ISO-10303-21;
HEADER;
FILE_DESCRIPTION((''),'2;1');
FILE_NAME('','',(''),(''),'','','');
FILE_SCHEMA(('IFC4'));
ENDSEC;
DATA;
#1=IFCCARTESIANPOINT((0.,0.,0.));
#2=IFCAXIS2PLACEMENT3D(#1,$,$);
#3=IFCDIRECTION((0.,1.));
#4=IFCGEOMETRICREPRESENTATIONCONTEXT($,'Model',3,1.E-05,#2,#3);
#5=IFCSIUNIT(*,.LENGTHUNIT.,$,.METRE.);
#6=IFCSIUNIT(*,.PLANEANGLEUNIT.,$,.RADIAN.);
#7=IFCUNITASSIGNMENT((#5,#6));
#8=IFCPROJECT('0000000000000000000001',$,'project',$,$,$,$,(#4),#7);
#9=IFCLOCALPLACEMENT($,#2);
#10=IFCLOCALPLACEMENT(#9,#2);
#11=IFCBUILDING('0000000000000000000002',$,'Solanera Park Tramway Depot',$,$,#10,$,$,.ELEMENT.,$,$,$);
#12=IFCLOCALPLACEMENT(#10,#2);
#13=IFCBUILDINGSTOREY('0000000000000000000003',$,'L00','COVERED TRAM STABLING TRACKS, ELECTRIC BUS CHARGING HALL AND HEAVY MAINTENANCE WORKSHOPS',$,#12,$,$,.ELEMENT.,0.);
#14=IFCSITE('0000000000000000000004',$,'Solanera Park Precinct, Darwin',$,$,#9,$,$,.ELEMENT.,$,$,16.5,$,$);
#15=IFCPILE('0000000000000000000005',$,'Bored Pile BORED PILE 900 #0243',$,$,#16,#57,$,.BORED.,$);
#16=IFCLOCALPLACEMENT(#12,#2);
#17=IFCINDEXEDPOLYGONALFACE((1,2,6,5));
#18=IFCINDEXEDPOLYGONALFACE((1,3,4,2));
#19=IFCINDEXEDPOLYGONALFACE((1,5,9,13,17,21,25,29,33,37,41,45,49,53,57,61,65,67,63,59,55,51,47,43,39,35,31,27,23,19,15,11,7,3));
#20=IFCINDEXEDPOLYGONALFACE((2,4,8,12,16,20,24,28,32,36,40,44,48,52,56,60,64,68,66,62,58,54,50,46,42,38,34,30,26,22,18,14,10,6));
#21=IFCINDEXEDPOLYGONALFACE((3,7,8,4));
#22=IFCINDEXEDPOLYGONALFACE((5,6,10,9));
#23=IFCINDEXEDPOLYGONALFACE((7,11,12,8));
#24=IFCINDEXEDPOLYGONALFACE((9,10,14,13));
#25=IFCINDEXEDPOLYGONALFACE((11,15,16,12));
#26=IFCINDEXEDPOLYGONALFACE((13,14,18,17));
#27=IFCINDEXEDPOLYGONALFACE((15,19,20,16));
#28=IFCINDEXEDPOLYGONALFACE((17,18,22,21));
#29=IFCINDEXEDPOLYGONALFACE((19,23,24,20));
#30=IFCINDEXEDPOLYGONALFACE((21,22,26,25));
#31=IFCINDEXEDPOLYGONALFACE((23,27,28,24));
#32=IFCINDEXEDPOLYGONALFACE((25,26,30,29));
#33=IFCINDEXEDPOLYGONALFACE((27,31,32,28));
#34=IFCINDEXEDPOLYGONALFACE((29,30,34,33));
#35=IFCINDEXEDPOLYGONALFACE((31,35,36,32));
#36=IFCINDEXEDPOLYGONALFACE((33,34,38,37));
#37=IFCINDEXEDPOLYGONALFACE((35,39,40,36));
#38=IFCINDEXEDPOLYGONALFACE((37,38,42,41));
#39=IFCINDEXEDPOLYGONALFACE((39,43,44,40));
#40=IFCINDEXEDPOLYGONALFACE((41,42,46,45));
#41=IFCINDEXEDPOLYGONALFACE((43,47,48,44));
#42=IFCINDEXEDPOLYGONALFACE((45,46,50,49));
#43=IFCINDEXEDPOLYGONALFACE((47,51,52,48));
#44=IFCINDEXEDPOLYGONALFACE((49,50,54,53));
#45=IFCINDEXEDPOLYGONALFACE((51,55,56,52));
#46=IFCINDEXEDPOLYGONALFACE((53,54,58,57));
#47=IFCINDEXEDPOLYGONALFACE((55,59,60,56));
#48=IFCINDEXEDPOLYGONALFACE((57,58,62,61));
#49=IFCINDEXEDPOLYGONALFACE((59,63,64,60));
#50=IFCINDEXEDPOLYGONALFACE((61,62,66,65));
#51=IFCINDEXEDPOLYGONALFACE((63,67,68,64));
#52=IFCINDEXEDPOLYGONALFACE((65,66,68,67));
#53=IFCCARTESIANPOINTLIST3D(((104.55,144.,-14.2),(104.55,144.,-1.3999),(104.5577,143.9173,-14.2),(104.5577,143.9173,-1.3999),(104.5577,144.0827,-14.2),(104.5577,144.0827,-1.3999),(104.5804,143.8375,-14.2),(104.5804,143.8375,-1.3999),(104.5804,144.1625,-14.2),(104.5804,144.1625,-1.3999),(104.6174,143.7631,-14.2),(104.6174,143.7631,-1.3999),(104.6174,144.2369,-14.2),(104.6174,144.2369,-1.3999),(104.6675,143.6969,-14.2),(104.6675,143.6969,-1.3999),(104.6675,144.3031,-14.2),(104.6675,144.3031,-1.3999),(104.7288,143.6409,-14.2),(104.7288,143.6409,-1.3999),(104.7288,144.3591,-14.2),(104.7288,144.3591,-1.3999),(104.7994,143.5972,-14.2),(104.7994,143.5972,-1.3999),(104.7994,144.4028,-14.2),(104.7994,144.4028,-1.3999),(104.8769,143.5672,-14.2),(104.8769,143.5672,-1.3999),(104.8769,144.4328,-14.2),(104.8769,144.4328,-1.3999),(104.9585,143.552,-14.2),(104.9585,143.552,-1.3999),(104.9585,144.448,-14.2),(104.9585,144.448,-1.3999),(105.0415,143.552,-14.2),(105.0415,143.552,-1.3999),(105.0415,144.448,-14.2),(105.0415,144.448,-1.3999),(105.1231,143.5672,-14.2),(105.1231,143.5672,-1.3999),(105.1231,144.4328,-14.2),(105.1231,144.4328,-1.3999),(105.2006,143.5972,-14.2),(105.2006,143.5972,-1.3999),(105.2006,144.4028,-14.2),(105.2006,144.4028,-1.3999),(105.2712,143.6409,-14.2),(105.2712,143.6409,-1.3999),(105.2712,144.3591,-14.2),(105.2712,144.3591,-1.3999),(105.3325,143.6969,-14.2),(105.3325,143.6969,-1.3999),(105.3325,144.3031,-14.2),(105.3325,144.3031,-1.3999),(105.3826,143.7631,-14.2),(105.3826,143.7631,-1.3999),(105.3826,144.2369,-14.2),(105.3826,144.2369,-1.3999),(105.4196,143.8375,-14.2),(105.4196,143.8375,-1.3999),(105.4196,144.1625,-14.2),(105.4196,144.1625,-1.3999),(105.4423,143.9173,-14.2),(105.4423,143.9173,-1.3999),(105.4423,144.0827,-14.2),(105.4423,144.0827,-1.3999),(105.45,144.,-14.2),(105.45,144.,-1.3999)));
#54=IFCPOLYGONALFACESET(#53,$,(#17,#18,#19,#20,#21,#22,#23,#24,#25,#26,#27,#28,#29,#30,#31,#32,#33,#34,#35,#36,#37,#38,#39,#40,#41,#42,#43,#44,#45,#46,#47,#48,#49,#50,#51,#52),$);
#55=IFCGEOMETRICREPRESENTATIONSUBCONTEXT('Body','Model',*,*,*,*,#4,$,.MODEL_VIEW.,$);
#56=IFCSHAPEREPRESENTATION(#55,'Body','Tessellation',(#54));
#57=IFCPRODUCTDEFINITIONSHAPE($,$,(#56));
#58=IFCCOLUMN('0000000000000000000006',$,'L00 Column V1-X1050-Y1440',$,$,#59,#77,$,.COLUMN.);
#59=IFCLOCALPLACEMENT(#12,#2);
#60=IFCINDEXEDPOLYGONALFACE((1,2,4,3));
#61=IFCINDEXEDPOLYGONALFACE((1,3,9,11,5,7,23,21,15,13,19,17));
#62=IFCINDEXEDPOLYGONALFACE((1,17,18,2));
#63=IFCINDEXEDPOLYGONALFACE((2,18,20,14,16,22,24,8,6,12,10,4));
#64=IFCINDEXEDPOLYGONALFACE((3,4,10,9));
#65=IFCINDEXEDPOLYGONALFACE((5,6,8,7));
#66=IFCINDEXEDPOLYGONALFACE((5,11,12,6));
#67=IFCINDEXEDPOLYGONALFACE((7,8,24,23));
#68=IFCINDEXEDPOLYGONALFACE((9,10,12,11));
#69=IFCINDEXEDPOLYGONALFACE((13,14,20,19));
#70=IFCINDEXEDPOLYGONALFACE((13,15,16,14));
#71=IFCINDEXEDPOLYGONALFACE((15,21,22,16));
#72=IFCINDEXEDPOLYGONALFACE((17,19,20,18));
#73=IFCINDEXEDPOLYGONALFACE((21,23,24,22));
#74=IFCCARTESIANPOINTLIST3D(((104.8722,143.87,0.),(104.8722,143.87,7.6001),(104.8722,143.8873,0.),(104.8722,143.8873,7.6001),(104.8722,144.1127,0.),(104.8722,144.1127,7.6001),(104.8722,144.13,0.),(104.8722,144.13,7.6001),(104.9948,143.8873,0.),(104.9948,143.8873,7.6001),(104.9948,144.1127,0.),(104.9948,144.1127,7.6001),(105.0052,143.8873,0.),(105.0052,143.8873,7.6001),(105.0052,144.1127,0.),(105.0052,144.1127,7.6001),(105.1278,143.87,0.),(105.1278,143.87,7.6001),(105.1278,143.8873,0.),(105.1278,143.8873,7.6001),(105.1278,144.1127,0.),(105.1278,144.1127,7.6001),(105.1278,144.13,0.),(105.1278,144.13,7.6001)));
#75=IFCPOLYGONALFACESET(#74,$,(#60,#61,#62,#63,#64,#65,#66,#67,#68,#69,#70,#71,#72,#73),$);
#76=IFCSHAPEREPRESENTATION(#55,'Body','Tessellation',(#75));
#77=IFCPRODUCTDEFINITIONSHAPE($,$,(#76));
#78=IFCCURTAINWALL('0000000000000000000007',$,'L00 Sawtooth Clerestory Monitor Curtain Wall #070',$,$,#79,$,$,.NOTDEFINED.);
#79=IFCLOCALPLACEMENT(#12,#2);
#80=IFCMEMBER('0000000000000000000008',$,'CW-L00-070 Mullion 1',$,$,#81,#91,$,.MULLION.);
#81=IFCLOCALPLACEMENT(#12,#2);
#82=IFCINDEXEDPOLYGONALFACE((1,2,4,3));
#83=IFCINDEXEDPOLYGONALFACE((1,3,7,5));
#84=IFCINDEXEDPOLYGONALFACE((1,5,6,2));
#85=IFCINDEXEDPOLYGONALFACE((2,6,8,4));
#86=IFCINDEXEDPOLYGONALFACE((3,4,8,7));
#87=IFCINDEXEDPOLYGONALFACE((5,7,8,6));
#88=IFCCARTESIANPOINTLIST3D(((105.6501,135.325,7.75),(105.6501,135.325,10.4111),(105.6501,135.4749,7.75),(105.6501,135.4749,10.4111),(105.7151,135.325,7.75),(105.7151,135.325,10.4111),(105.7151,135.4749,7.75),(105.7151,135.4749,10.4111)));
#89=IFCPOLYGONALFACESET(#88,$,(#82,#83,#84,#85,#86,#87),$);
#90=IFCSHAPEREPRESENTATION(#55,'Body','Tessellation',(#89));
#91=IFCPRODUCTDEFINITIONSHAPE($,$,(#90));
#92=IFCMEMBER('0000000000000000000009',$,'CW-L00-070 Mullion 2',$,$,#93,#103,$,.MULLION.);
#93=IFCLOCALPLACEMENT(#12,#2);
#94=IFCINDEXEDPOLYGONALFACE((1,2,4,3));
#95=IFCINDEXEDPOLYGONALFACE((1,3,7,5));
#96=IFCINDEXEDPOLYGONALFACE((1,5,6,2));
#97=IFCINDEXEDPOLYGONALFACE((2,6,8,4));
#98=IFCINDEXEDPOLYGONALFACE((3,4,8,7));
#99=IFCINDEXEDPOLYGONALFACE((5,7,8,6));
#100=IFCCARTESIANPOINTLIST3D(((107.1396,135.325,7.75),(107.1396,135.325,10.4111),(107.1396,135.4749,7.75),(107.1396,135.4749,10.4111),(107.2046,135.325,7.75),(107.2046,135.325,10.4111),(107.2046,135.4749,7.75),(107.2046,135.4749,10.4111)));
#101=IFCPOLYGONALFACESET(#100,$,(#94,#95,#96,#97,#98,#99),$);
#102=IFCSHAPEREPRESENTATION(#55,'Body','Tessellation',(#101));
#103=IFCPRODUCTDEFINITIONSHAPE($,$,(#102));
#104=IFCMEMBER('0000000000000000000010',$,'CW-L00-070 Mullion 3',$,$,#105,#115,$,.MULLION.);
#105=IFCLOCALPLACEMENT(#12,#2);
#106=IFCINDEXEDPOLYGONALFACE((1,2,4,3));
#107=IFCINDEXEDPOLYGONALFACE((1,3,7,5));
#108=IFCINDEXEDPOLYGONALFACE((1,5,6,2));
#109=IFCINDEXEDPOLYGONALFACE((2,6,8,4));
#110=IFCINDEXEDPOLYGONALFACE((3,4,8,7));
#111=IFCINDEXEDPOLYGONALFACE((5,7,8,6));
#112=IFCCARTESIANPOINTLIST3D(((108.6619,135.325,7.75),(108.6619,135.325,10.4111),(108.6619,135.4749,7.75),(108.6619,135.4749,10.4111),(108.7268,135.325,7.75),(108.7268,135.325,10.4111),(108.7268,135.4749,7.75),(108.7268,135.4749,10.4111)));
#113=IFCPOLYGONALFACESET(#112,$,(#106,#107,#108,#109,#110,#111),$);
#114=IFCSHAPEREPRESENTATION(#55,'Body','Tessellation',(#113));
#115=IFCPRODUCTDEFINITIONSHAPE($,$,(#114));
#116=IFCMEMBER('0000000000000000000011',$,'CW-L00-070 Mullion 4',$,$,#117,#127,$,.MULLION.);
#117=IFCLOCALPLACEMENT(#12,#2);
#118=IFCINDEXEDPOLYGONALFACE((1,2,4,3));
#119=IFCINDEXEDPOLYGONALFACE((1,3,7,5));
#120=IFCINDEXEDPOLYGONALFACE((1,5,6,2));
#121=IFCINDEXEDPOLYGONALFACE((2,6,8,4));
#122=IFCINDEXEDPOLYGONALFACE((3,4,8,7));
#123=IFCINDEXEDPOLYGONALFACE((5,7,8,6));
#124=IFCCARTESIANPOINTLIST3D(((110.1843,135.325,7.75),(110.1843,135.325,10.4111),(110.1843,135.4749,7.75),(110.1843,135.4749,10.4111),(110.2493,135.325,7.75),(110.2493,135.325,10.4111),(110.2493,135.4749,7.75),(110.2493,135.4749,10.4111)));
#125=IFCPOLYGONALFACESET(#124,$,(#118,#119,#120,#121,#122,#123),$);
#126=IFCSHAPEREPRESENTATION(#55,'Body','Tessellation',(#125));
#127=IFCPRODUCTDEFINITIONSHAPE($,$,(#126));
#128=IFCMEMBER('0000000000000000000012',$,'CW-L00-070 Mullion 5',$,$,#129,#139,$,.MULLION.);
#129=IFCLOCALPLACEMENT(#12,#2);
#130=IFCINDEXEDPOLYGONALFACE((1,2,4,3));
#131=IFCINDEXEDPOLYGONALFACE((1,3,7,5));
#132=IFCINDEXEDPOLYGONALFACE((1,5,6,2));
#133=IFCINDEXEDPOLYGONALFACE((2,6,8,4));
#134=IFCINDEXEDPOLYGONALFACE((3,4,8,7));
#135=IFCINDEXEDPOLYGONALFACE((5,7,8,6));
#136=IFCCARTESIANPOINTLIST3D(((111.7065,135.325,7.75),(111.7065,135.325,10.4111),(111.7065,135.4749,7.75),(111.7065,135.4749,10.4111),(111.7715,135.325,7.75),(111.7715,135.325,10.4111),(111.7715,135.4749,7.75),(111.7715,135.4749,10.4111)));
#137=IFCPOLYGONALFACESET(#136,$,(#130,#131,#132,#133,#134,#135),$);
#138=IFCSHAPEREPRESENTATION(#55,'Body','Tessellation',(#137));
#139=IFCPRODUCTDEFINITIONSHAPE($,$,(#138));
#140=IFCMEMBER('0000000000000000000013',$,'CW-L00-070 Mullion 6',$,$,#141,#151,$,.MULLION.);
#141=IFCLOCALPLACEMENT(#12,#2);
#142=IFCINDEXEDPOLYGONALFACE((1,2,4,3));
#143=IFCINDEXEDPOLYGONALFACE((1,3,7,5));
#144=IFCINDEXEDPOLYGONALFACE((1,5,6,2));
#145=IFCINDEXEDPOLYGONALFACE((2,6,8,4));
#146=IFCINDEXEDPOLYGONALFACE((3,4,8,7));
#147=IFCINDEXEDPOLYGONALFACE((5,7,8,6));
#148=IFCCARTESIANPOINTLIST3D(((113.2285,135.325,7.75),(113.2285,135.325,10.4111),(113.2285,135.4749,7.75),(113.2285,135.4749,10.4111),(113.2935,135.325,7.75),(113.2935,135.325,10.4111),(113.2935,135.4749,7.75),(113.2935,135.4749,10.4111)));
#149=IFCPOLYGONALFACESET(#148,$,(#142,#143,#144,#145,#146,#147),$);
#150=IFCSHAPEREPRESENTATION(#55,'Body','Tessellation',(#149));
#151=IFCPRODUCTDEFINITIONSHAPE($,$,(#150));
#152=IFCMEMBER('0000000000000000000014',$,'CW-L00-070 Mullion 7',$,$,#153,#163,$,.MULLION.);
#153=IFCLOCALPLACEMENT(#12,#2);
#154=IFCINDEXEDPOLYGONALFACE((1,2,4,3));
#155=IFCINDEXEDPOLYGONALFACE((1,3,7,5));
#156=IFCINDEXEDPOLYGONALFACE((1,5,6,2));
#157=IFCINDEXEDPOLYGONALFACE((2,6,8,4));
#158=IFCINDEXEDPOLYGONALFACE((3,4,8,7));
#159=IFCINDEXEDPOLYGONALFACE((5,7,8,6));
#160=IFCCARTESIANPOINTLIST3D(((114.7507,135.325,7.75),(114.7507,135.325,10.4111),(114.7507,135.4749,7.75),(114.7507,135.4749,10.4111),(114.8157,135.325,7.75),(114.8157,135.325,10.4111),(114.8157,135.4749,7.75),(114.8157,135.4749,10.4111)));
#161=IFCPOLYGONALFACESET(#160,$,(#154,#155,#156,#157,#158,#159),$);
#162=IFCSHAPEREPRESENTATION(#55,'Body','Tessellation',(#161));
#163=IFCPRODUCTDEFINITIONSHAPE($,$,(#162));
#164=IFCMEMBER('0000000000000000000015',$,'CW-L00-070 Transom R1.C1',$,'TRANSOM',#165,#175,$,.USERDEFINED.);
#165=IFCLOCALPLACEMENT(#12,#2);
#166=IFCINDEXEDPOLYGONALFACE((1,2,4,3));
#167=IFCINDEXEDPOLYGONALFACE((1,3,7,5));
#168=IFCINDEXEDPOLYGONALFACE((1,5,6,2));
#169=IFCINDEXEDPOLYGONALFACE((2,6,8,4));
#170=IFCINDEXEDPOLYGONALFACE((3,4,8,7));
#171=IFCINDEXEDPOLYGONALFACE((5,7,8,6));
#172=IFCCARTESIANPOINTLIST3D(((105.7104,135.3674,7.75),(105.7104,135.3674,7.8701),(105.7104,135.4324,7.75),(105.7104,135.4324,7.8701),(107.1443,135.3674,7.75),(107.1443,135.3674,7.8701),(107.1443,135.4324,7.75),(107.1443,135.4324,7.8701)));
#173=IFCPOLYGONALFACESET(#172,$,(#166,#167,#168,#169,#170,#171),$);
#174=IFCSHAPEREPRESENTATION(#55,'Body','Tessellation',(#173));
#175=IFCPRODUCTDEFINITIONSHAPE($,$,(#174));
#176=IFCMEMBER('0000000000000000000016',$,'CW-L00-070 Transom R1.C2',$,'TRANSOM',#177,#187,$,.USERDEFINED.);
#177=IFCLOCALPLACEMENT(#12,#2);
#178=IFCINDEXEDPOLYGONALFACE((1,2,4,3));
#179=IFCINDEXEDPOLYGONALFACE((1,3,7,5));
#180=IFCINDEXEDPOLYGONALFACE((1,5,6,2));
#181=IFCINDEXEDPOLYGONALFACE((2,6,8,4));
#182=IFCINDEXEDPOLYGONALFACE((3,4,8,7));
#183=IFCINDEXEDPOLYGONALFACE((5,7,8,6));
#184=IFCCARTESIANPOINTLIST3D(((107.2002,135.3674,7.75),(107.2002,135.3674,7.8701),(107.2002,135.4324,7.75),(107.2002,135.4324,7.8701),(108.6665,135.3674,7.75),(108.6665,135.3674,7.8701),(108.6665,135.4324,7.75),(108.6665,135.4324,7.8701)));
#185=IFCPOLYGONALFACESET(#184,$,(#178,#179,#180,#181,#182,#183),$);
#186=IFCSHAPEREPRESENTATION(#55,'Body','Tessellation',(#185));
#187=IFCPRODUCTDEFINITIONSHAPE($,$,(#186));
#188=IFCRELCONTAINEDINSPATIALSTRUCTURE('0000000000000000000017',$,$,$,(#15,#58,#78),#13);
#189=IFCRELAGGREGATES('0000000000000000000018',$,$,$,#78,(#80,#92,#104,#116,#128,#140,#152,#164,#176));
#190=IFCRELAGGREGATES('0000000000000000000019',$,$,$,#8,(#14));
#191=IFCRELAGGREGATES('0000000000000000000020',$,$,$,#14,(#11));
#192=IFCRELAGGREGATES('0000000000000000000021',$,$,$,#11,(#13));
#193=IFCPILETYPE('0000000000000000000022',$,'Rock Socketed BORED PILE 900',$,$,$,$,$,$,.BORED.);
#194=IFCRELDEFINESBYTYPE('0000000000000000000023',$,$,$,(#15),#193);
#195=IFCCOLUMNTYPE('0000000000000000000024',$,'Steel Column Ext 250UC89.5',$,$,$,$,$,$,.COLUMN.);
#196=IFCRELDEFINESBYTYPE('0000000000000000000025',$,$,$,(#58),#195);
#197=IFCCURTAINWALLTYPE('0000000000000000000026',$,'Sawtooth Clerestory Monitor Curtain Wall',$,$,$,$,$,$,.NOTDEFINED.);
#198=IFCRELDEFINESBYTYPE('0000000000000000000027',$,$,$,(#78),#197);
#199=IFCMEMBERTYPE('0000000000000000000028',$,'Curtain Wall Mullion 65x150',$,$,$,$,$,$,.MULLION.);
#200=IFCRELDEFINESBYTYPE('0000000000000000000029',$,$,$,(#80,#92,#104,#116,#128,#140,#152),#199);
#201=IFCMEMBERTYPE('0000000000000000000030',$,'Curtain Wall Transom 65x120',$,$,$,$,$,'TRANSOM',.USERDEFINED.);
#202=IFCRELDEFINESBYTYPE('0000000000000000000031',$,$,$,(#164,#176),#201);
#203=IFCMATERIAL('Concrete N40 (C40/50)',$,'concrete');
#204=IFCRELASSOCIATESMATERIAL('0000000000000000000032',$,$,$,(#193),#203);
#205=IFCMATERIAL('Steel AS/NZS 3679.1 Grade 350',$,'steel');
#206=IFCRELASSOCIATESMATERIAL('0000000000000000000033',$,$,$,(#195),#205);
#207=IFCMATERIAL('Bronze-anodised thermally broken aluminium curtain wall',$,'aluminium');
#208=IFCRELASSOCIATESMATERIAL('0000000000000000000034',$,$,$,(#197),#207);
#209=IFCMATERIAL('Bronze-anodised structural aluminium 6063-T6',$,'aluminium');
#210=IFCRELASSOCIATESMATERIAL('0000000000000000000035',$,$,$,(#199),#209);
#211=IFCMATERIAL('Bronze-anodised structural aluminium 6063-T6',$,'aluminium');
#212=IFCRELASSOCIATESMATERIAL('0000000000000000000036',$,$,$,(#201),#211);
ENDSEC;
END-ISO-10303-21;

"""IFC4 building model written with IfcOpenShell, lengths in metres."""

from ifc_helpers import new_model, si_unit, direction, frame, origin, origin_2d, place, context, subcontext, project, spatial, rectangle, circle, i_section, extrude, material, material_profile, profile_set, type_object, element, aggregate, save


model = new_model("IFC4")

# Units and contexts
model_context = context("Model", 3, precision=1e-05, world=origin(), true_north=direction((0.0, 1.0)))
body_context = subcontext(model_context, "Body", "Model", "MODEL_VIEW")
ifc_project = project(units=[si_unit("LENGTHUNIT", "METRE"), si_unit("PLANEANGLEUNIT", "RADIAN")], contexts=[model_context])

# Site, building, storey
site_placement = place(None, origin())
site = spatial("IfcSite", under=ifc_project, at=site_placement, Name="Solanera Park Precinct, Darwin", CompositionType="ELEMENT", RefElevation=16.5)
building_placement = place(site_placement, origin())
building = spatial("IfcBuilding", under=site, at=building_placement, Name="Solanera Park Tramway Depot", CompositionType="ELEMENT")
storey_placement = place(building_placement, origin())
storey = spatial("IfcBuildingStorey", under=building, at=storey_placement, Name="L00", Description="COVERED TRAM STABLING TRACKS, ELECTRIC BUS CHARGING HALL AND HEAVY MAINTENANCE WORKSHOPS", CompositionType="ELEMENT", Elevation=0.0)

# Pile
ifc_material_1 = material(Name="Concrete N40 (C40/50)", Category="concrete")
ifc_material_profile_1 = material_profile(ifc_material_1, circle(Radius=0.45, at=origin_2d()), Name="BORED PILE 900")
ifc_profile_set_1 = profile_set([ifc_material_profile_1], Name="Concrete N40 (C40/50)")
pile_type = type_object("IfcPileType", Name="Rock Socketed BORED PILE 900", PredefinedType="BORED", material=ifc_profile_set_1)
pile_placement = place(storey_placement, frame((105.0, 144.0, -1.3999), z_axis=(0.0, 0.0, -1.0), x_axis=(1.0, 0.0, 0.0)))
element("IfcPile", 1, at=pile_placement, inside=storey, type_object=pile_type, Name="Bored Pile BORED PILE 900 #0243", PredefinedType="BORED", context=body_context, shape_type="SweptSolid", body=[
    extrude(circle(Radius=0.45, at=origin_2d()), origin(), (0.0, 0.0, 1.0), 12.8),
])

# Column
ifc_material_2 = material(Name="Steel AS/NZS 3679.1 Grade 350", Category="steel")
ifc_material_profile_2 = material_profile(ifc_material_2, i_section(OverallWidth=0.2556, OverallDepth=0.26, WebThickness=0.0105, FlangeThickness=0.0173, at=origin_2d()), Name="250UC89.5")
ifc_profile_set_2 = profile_set([ifc_material_profile_2], Name="Steel AS/NZS 3679.1 Grade 350")
column_type = type_object("IfcColumnType", Name="Steel Column Ext 250UC89.5", PredefinedType="COLUMN", material=ifc_profile_set_2)
column_placement = place(storey_placement, frame((105.0, 144.0, 0.0), z_axis=(0.0, 0.0, 1.0), x_axis=(1.0, 0.0, 0.0)))
element("IfcColumn", 2, at=column_placement, inside=storey, type_object=column_type, Name="L00 Column V1-X1050-Y1440", PredefinedType="COLUMN", context=body_context, shape_type="SweptSolid", body=[
    extrude(i_section(OverallWidth=0.2556, OverallDepth=0.26, WebThickness=0.0105, FlangeThickness=0.0173, at=origin_2d()), origin(), (0.0, 0.0, 1.0), 7.6001),
])

# Curtain wall, members
ifc_material_3 = material(Name="Bronze-anodised thermally broken aluminium curtain wall", Category="aluminium")
curtain_wall_type = type_object("IfcCurtainWallType", Name="Sawtooth Clerestory Monitor Curtain Wall", PredefinedType="NOTDEFINED", material=ifc_material_3)
curtain_wall_placement = place(storey_placement, origin())
curtain_wall = element("IfcCurtainWall", 3, at=curtain_wall_placement, inside=storey, type_object=curtain_wall_type, Name="L00 Sawtooth Clerestory Monitor Curtain Wall #070", PredefinedType="NOTDEFINED")
ifc_material_4 = material(Name="Bronze-anodised structural aluminium 6063-T6", Category="aluminium")
ifc_material_profile_3 = material_profile(ifc_material_4, rectangle(XDim=0.0649, YDim=0.1499, at=origin_2d()), Name="Curtain Wall Mullion 65x150")
ifc_profile_set_3 = profile_set([ifc_material_profile_3], Name="Bronze-anodised structural aluminium 6063-T6")
member_type_1 = type_object("IfcMemberType", Name="Curtain Wall Mullion 65x150", PredefinedType="MULLION", material=ifc_profile_set_3)
member_1_placement = place(storey_placement, frame((105.6826, 135.3999, 7.75), z_axis=(0.0, 0.0, 1.0), x_axis=(1.0, 0.0, 0.0)))
member_1 = element("IfcMember", 4, at=member_1_placement, type_object=member_type_1, Name="CW-L00-070 Mullion 1", PredefinedType="MULLION", context=body_context, shape_type="SweptSolid", body=[
    extrude(rectangle(XDim=0.0649, YDim=0.1499, at=origin_2d()), origin(), (0.0, 0.0, 1.0), 2.6611),
])
member_2_placement = place(storey_placement, frame((107.1721, 135.3999, 7.75), z_axis=(0.0, 0.0, 1.0), x_axis=(1.0, 0.0, 0.0)))
member_2 = element("IfcMember", 5, at=member_2_placement, type_object=member_type_1, Name="CW-L00-070 Mullion 2", PredefinedType="MULLION", context=body_context, shape_type="SweptSolid", body=[
    extrude(rectangle(XDim=0.0649, YDim=0.1499, at=origin_2d()), origin(), (0.0, 0.0, 1.0), 2.6611),
])
member_3_placement = place(storey_placement, frame((108.6943, 135.3999, 7.75), z_axis=(0.0, 0.0, 1.0), x_axis=(1.0, 0.0, 0.0)))
member_3 = element("IfcMember", 6, at=member_3_placement, type_object=member_type_1, Name="CW-L00-070 Mullion 3", PredefinedType="MULLION", context=body_context, shape_type="SweptSolid", body=[
    extrude(rectangle(XDim=0.0649, YDim=0.1499, at=origin_2d()), origin(), (0.0, 0.0, 1.0), 2.6611),
])
member_4_placement = place(storey_placement, frame((110.2168, 135.3999, 7.75), z_axis=(0.0, 0.0, 1.0), x_axis=(1.0, 0.0, 0.0)))
member_4 = element("IfcMember", 7, at=member_4_placement, type_object=member_type_1, Name="CW-L00-070 Mullion 4", PredefinedType="MULLION", context=body_context, shape_type="SweptSolid", body=[
    extrude(rectangle(XDim=0.0649, YDim=0.1499, at=origin_2d()), origin(), (0.0, 0.0, 1.0), 2.6611),
])
member_5_placement = place(storey_placement, frame((111.739, 135.3999, 7.75), z_axis=(0.0, 0.0, 1.0), x_axis=(1.0, 0.0, 0.0)))
member_5 = element("IfcMember", 8, at=member_5_placement, type_object=member_type_1, Name="CW-L00-070 Mullion 5", PredefinedType="MULLION", context=body_context, shape_type="SweptSolid", body=[
    extrude(rectangle(XDim=0.0649, YDim=0.1499, at=origin_2d()), origin(), (0.0, 0.0, 1.0), 2.6611),
])
member_6_placement = place(storey_placement, frame((113.261, 135.3999, 7.75), z_axis=(0.0, 0.0, 1.0), x_axis=(1.0, 0.0, 0.0)))
member_6 = element("IfcMember", 9, at=member_6_placement, type_object=member_type_1, Name="CW-L00-070 Mullion 6", PredefinedType="MULLION", context=body_context, shape_type="SweptSolid", body=[
    extrude(rectangle(XDim=0.0649, YDim=0.1499, at=origin_2d()), origin(), (0.0, 0.0, 1.0), 2.6611),
])
member_7_placement = place(storey_placement, frame((114.7832, 135.3999, 7.75), z_axis=(0.0, 0.0, 1.0), x_axis=(1.0, 0.0, 0.0)))
member_7 = element("IfcMember", 10, at=member_7_placement, type_object=member_type_1, Name="CW-L00-070 Mullion 7", PredefinedType="MULLION", context=body_context, shape_type="SweptSolid", body=[
    extrude(rectangle(XDim=0.0649, YDim=0.1499, at=origin_2d()), origin(), (0.0, 0.0, 1.0), 2.6611),
])
ifc_material_5 = material(Name="Bronze-anodised structural aluminium 6063-T6", Category="aluminium")
ifc_material_profile_4 = material_profile(ifc_material_5, rectangle(XDim=0.0649, YDim=0.1201, at=origin_2d()), Name="Curtain Wall Transom 65x120")
ifc_profile_set_4 = profile_set([ifc_material_profile_4], Name="Bronze-anodised structural aluminium 6063-T6")
member_type_2 = type_object("IfcMemberType", Name="Curtain Wall Transom 65x120", ElementType="TRANSOM", PredefinedType="USERDEFINED", material=ifc_profile_set_4)
member_8_placement = place(storey_placement, frame((105.7104, 135.3999, 7.8101), z_axis=(1.0, 0.0, 0.0), x_axis=(0.0, 1.0, 0.0)))
member_8 = element("IfcMember", 11, at=member_8_placement, type_object=member_type_2, Name="CW-L00-070 Transom R1.C1", ObjectType="TRANSOM", PredefinedType="USERDEFINED", context=body_context, shape_type="SweptSolid", body=[
    extrude(rectangle(XDim=0.0649, YDim=0.1201, at=origin_2d()), origin(), (0.0, 0.0, 1.0), 1.4338),
])
member_9_placement = place(storey_placement, frame((107.2002, 135.3999, 7.8101), z_axis=(1.0, 0.0, 0.0), x_axis=(0.0, 1.0, 0.0)))
member_9 = element("IfcMember", 12, at=member_9_placement, type_object=member_type_2, Name="CW-L00-070 Transom R1.C2", ObjectType="TRANSOM", PredefinedType="USERDEFINED", context=body_context, shape_type="SweptSolid", body=[
    extrude(rectangle(XDim=0.0649, YDim=0.1201, at=origin_2d()), origin(), (0.0, 0.0, 1.0), 1.4663),
])

aggregate(curtain_wall, [member_1, member_2, member_3, member_4, member_5, member_6, member_7, member_8, member_9])

save(model, "model.ifc")
